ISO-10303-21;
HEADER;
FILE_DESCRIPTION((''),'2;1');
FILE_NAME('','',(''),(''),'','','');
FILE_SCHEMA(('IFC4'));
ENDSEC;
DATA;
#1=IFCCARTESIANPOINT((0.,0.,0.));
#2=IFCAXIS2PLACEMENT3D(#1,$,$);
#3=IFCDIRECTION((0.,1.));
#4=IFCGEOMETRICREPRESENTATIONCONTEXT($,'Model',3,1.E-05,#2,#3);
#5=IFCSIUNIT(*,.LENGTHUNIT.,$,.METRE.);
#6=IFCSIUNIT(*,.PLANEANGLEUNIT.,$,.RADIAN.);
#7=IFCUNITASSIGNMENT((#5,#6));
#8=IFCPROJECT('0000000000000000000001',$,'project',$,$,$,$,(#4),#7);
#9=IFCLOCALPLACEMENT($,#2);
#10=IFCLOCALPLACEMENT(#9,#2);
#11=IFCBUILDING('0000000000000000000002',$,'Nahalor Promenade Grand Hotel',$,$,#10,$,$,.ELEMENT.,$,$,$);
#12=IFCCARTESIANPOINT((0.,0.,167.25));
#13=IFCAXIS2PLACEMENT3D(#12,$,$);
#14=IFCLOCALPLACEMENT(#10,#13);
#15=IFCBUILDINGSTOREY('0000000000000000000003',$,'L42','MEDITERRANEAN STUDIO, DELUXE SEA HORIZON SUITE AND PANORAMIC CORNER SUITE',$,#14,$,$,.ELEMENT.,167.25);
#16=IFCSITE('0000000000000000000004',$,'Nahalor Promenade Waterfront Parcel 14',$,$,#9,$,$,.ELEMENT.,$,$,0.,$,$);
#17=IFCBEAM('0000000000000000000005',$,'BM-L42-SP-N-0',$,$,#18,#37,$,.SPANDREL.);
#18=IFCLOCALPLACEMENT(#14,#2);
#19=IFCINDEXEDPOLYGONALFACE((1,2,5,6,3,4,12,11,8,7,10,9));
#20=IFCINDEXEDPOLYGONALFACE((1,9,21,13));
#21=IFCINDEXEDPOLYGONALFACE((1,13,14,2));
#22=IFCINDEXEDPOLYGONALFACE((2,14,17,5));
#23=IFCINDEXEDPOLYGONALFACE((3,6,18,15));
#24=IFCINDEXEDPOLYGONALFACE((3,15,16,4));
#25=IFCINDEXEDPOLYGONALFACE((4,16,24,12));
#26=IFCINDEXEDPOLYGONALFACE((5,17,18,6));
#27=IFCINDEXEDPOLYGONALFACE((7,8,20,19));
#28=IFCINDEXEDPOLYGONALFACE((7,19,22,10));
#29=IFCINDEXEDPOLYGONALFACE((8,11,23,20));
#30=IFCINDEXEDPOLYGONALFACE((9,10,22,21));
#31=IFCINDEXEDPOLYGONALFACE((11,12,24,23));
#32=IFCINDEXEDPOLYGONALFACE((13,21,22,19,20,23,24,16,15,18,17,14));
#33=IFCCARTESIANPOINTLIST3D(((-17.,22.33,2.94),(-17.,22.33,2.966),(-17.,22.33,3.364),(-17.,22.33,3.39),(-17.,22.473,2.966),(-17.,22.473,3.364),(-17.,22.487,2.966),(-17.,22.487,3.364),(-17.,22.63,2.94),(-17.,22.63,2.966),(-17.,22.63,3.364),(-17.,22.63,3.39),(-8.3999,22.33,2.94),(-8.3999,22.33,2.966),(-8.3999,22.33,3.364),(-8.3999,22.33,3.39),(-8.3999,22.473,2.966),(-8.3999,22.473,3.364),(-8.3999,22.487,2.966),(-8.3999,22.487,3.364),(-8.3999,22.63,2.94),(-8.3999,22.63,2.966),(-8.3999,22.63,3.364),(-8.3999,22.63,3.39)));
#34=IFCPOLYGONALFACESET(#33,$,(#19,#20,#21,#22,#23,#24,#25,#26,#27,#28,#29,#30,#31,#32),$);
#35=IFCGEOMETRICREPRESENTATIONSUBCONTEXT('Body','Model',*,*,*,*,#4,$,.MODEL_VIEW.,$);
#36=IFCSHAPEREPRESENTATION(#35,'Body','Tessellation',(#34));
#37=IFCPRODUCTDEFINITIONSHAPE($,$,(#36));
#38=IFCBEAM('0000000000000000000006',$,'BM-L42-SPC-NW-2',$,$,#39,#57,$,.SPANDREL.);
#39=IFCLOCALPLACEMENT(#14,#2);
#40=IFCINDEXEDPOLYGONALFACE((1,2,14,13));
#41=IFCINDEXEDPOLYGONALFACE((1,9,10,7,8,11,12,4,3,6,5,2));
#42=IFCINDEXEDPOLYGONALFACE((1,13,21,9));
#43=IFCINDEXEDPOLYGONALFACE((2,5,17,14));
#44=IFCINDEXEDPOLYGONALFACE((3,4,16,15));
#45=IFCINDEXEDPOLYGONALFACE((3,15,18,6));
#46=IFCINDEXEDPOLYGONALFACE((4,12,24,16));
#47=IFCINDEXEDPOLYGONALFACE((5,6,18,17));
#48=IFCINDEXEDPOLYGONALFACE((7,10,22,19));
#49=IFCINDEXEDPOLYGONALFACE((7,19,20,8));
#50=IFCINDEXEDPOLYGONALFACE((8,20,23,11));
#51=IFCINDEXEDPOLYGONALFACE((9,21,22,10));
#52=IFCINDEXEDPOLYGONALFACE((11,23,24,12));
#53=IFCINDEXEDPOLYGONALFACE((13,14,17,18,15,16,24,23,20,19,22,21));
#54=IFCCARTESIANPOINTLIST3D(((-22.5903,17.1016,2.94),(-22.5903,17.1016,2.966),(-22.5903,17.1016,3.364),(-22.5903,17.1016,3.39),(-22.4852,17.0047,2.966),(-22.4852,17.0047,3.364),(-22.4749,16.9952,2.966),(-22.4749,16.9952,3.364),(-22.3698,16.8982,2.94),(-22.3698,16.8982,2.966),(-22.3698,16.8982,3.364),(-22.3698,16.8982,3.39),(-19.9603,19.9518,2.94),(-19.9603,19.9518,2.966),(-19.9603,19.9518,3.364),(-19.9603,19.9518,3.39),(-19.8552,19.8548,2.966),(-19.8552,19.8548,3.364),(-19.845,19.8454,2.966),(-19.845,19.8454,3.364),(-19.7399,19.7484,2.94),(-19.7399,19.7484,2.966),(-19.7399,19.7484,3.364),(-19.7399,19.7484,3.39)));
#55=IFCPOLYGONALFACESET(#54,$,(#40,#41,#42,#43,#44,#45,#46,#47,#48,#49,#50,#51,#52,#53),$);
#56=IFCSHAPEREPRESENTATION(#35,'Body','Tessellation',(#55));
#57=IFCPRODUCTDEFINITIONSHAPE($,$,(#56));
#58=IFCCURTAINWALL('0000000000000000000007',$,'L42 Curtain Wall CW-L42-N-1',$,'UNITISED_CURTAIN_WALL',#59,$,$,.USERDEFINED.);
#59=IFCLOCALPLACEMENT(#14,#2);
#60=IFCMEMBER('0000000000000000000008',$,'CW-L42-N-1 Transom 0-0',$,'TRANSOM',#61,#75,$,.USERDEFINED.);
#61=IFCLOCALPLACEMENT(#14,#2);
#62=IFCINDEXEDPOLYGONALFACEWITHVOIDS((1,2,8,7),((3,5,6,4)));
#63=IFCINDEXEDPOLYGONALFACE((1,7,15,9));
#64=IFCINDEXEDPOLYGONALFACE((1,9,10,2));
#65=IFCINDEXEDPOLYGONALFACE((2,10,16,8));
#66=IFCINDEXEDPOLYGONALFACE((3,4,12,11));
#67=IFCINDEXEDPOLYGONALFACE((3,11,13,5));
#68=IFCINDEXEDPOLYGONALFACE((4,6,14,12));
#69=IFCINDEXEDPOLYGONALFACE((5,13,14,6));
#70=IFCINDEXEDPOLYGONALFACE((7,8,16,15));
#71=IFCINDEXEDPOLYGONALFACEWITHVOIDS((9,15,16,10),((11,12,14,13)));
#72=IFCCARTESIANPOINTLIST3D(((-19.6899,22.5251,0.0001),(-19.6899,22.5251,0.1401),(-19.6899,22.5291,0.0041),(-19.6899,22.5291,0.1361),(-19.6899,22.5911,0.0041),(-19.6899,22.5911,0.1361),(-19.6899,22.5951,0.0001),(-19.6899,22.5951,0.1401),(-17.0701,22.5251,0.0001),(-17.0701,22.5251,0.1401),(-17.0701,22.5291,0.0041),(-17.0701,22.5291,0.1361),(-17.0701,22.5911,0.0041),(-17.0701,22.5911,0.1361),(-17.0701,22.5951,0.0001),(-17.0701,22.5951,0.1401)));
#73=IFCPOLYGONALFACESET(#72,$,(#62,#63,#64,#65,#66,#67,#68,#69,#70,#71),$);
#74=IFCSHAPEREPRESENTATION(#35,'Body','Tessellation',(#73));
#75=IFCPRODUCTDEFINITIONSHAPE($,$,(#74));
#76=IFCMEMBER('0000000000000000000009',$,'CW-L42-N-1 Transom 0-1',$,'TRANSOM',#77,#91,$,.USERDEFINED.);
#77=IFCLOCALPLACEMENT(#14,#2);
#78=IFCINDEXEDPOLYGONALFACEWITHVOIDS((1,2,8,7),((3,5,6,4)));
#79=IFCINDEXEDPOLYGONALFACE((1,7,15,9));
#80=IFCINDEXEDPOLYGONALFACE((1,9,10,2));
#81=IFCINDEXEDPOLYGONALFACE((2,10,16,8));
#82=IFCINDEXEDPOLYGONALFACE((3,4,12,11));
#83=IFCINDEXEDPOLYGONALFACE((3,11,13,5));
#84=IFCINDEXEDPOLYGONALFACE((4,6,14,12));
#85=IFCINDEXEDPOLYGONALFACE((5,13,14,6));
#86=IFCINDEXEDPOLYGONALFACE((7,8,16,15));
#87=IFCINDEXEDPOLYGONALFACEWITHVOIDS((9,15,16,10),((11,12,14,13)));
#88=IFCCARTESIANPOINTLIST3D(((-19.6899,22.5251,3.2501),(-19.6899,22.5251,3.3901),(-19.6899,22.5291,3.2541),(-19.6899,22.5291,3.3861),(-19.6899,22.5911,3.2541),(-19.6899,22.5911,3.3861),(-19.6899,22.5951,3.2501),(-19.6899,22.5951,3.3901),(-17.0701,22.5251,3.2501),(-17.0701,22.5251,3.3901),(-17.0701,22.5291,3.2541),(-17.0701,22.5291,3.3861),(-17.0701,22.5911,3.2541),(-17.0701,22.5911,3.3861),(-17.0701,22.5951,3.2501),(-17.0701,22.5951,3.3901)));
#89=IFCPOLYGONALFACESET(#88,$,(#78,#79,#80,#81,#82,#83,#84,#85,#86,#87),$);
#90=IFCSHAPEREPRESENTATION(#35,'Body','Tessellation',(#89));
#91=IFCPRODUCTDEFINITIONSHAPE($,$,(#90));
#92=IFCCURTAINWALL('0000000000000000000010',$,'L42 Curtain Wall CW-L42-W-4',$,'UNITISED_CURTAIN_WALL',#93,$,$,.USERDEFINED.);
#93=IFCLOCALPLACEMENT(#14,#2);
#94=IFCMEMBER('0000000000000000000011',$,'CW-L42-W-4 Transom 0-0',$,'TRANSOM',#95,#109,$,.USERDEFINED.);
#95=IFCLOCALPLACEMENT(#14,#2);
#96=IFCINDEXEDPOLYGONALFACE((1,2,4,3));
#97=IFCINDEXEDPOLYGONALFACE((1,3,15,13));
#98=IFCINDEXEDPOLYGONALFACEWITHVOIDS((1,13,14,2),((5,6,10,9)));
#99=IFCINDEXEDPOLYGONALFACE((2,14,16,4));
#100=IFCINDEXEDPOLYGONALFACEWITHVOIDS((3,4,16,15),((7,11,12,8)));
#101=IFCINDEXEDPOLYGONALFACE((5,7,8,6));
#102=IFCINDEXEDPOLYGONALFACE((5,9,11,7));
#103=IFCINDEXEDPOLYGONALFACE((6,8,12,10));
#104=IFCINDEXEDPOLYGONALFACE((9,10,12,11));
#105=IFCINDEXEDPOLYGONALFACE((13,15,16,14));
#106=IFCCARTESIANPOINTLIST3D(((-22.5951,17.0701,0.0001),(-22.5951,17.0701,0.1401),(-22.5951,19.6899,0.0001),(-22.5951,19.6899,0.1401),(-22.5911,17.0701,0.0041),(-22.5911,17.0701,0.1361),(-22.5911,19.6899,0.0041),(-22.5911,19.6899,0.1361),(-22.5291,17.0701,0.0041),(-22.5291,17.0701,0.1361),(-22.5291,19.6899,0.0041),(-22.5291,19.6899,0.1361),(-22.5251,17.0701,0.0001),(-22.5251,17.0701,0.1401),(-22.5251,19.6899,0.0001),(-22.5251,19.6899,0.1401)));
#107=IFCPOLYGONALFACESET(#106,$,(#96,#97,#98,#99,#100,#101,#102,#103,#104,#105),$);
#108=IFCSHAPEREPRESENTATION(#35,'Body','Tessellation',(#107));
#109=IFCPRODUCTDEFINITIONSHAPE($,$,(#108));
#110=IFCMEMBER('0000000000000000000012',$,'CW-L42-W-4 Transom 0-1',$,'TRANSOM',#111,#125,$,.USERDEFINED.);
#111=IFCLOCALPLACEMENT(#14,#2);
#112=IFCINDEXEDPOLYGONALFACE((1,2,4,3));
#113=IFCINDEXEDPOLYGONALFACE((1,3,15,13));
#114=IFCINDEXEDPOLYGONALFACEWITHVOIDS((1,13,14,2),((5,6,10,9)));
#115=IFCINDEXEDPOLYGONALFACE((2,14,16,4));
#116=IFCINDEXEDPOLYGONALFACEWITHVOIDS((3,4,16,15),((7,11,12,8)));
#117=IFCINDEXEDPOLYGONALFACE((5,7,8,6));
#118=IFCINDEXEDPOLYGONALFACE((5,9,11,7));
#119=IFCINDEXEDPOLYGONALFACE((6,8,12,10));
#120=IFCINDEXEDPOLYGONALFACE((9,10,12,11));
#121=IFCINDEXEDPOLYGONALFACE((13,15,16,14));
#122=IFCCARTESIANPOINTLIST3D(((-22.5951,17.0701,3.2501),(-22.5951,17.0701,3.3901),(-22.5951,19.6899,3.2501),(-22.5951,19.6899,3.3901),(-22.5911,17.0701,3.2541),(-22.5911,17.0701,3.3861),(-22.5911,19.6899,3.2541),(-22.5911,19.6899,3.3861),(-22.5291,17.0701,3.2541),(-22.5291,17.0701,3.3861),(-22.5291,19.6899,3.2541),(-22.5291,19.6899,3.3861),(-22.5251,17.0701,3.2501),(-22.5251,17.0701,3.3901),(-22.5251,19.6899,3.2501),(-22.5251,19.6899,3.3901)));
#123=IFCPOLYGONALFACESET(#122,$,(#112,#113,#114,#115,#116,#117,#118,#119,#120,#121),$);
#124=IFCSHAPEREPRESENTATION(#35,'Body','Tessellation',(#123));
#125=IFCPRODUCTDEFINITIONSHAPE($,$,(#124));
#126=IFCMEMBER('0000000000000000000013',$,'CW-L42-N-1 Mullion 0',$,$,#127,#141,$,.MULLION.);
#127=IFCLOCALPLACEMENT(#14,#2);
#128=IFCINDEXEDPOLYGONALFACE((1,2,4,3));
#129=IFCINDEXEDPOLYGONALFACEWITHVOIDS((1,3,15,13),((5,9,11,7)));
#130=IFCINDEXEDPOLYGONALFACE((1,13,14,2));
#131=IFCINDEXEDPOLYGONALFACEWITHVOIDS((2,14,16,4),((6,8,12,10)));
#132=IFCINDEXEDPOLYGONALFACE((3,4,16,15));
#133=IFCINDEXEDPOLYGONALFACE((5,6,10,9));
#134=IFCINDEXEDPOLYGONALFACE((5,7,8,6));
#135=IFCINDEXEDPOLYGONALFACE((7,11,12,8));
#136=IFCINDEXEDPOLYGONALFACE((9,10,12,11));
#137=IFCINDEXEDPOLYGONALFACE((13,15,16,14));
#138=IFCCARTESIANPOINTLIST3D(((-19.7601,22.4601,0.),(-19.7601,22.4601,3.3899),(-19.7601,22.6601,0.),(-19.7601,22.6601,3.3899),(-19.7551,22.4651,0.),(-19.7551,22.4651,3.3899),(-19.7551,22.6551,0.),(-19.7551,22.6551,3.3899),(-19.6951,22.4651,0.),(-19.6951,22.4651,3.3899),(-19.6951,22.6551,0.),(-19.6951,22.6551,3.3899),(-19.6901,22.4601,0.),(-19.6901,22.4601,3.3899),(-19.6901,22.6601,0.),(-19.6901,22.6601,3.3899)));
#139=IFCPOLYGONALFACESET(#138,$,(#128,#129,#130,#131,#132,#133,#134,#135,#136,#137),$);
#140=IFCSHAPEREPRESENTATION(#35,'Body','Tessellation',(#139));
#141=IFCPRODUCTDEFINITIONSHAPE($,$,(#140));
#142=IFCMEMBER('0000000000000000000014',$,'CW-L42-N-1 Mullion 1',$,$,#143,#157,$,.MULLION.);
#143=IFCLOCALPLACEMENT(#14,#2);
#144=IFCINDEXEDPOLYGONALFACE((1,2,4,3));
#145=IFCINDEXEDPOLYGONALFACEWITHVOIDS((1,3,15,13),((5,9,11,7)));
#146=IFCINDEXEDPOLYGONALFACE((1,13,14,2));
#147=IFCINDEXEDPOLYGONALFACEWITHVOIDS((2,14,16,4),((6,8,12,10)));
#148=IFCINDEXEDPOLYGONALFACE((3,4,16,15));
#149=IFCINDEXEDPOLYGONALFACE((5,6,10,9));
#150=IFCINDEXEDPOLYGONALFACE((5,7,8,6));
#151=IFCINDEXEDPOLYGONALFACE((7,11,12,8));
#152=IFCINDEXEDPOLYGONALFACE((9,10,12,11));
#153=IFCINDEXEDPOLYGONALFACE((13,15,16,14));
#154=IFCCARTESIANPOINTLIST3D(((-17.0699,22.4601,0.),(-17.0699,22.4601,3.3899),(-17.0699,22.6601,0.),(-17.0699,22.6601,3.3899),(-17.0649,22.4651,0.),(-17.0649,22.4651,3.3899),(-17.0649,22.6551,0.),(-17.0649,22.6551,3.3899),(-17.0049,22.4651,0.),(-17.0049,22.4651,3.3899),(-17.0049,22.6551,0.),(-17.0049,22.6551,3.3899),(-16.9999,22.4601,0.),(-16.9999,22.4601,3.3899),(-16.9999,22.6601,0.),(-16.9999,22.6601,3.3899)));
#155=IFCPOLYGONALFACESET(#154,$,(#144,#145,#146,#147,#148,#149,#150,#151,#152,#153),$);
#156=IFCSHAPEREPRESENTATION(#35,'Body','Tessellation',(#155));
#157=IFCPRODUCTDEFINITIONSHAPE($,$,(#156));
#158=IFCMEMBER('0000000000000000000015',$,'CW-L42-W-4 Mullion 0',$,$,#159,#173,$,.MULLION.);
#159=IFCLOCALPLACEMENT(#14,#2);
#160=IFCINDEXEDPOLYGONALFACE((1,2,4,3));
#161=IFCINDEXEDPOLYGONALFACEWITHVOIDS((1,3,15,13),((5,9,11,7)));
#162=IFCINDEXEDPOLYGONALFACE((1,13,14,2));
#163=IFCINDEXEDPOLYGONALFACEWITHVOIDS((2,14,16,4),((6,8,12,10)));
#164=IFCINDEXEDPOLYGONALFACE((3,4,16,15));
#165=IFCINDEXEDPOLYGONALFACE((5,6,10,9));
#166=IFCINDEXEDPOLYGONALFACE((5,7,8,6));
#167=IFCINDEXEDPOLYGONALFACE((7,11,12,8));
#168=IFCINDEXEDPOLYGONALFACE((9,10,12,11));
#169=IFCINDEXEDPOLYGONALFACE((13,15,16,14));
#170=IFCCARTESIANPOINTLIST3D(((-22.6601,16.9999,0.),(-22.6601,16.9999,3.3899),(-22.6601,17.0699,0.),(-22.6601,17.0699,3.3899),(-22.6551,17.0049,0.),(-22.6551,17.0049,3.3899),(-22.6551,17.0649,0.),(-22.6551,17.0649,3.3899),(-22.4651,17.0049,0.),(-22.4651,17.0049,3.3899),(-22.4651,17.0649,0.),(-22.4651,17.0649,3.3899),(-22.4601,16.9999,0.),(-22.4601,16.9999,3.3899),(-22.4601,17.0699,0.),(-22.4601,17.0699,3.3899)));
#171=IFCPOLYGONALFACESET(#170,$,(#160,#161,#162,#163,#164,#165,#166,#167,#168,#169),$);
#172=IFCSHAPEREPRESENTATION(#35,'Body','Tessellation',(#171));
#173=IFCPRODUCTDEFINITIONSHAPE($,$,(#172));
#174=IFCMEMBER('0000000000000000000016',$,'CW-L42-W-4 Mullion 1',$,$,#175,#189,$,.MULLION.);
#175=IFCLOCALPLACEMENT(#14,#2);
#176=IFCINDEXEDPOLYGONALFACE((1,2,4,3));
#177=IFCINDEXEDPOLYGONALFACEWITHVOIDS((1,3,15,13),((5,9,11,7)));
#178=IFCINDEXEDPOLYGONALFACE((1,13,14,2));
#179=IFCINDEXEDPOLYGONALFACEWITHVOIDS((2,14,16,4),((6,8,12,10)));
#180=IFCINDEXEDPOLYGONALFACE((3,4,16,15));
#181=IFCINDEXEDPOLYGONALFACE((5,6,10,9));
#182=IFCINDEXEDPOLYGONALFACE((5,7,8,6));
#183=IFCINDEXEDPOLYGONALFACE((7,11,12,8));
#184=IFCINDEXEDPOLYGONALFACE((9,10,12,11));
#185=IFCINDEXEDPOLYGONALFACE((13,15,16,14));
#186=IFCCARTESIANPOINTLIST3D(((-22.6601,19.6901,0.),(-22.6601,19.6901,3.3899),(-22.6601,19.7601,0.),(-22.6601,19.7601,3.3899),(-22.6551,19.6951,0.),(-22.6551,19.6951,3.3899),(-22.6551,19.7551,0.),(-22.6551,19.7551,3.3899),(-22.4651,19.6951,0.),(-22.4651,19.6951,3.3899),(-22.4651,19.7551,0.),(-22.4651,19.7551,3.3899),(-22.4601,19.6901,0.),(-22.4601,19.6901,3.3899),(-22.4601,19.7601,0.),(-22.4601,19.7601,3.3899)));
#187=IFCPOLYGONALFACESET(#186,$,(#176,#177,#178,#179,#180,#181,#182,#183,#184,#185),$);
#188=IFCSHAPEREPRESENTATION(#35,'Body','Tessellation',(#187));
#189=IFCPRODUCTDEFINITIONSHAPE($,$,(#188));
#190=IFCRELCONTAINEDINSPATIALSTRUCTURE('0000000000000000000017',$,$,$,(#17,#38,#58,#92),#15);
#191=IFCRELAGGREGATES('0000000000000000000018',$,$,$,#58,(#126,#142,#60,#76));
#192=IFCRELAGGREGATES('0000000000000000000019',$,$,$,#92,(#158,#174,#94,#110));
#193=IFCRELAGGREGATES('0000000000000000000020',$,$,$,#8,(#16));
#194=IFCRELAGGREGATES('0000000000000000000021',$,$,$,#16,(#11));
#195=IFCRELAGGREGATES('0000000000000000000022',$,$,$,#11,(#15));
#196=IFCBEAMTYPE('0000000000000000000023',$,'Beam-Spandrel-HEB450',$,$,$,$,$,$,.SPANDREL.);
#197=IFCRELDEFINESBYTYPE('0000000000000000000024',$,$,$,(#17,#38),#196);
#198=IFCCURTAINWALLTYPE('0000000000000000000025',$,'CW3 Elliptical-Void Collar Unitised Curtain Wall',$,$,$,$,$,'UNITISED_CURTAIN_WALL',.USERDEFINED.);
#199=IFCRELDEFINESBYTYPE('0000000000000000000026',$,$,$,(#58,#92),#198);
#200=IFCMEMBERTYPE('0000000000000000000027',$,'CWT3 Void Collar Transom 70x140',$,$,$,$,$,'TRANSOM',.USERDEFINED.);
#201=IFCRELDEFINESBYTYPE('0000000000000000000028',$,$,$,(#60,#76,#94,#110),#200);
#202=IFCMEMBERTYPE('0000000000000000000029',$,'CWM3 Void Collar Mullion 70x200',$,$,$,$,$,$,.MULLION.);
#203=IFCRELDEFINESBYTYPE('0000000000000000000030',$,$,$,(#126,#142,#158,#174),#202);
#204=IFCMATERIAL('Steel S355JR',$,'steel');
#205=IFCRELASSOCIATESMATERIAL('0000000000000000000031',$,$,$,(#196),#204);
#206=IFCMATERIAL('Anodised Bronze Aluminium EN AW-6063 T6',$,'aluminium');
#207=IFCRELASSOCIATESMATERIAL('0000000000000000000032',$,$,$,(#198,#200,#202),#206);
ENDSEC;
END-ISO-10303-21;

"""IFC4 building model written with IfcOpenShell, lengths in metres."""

from ifc_helpers import new_model, si_unit, direction, frame, origin, origin_2d, place, context, subcontext, project, spatial, hollow_rectangle, i_section, extrude, source, transform, mapped, material, material_profile, profile_set, type_object, element, aggregate, save


model = new_model("IFC4")

# Units and contexts
model_context = context("Model", 3, precision=1e-05, world=origin(), true_north=direction((0.0, 1.0)))
body_context = subcontext(model_context, "Body", "Model", "MODEL_VIEW")
ifc_project = project(units=[si_unit("LENGTHUNIT", "METRE"), si_unit("PLANEANGLEUNIT", "RADIAN")], contexts=[model_context])

# Site, building, storey
site_placement = place(None, origin())
site = spatial("IfcSite", under=ifc_project, at=site_placement, Name="Nahalor Promenade Waterfront Parcel 14", CompositionType="ELEMENT", RefElevation=0.0)
building_placement = place(site_placement, origin())
building = spatial("IfcBuilding", under=site, at=building_placement, Name="Nahalor Promenade Grand Hotel", CompositionType="ELEMENT")
storey_placement = place(building_placement, frame((0.0, 0.0, 167.25)))
storey = spatial("IfcBuildingStorey", under=building, at=storey_placement, Name="L42", Description="MEDITERRANEAN STUDIO, DELUXE SEA HORIZON SUITE AND PANORAMIC CORNER SUITE", CompositionType="ELEMENT", Elevation=167.25)

# Beams
ifc_material_1 = material(Name="Steel S355JR", Category="steel")
ifc_material_profile_1 = material_profile(ifc_material_1, i_section(OverallWidth=0.3, OverallDepth=0.45, WebThickness=0.014, FlangeThickness=0.026, at=origin_2d()), Name="HEB 450")
ifc_profile_set_1 = profile_set([ifc_material_profile_1], Name="Steel S355JR")
beam_type_1 = type_object("IfcBeamType", Name="Beam-Spandrel-HEB450", PredefinedType="SPANDREL", material=ifc_profile_set_1)
shared_shape_1 = source(origin(), body_context, "Body", "SweptSolid", [
    extrude(i_section(OverallWidth=0.3, OverallDepth=0.45, WebThickness=0.014, FlangeThickness=0.026, at=origin_2d()), origin(), (0.0, 0.0, 1.0), 8.6001),
])
beam_1_placement = place(storey_placement, frame((-17.0, 22.48, 3.165), z_axis=(1.0, 0.0, 0.0), x_axis=(0.0, 1.0, 0.0)))
element("IfcBeam", 1, at=beam_1_placement, inside=storey, type_object=beam_type_1, Name="BM-L42-SP-N-0", PredefinedType="SPANDREL", context=body_context, shape_type="MappedRepresentation", body=[
    mapped(shared_shape_1, transform((0.0, 0.0, 0.0), scale=1.0)),
])
shared_shape_2 = source(origin(), body_context, "Body", "SweptSolid", [
    extrude(i_section(OverallWidth=0.3, OverallDepth=0.45, WebThickness=0.014, FlangeThickness=0.026, at=origin_2d()), origin(), (0.0, 0.0, 1.0), 3.8782),
])
beam_2_placement = place(storey_placement, frame((-19.8501, 19.8501, 3.165), z_axis=(-0.678144, -0.734929, 0.0), x_axis=(0.734929, -0.678144, 0.0)))
element("IfcBeam", 2, at=beam_2_placement, inside=storey, type_object=beam_type_1, Name="BM-L42-SPC-NW-2", PredefinedType="SPANDREL", context=body_context, shape_type="MappedRepresentation", body=[
    mapped(shared_shape_2, transform((0.0, 0.0, 0.0), scale=1.0)),
])

# Curtain walls, members
ifc_material_2 = material(Name="Anodised Bronze Aluminium EN AW-6063 T6", Category="aluminium")
curtain_wall_type = type_object("IfcCurtainWallType", Name="CW3 Elliptical-Void Collar Unitised Curtain Wall", ElementType="UNITISED_CURTAIN_WALL", PredefinedType="USERDEFINED", material=ifc_material_2)
curtain_wall_1_placement = place(storey_placement, origin())
curtain_wall_1 = element("IfcCurtainWall", 3, at=curtain_wall_1_placement, inside=storey, type_object=curtain_wall_type, Name="L42 Curtain Wall CW-L42-N-1", ObjectType="UNITISED_CURTAIN_WALL", PredefinedType="USERDEFINED")
ifc_material_profile_2 = material_profile(ifc_material_2, hollow_rectangle(XDim=0.07, YDim=0.14, WallThickness=0.004, at=origin_2d()), Name="CWT 70x140x4")
ifc_profile_set_2 = profile_set([ifc_material_profile_2], Name="Anodised Bronze Aluminium EN AW-6063 T6")
member_type_1 = type_object("IfcMemberType", Name="CWT3 Void Collar Transom 70x140", ElementType="TRANSOM", PredefinedType="USERDEFINED", material=ifc_profile_set_2)
shared_shape_3 = source(origin(), body_context, "Body", "SweptSolid", [
    extrude(hollow_rectangle(XDim=0.07, YDim=0.14, WallThickness=0.004, at=origin_2d()), origin(), (0.0, 0.0, 1.0), 2.6199),
])
member_1_placement = place(storey_placement, frame((-19.6899, 22.5601, 0.0701), z_axis=(1.0, 0.0, 0.0), x_axis=(0.0, 1.0, 0.0)))
member_1 = element("IfcMember", 4, at=member_1_placement, type_object=member_type_1, Name="CW-L42-N-1 Transom 0-0", ObjectType="TRANSOM", PredefinedType="USERDEFINED", context=body_context, shape_type="MappedRepresentation", body=[
    mapped(shared_shape_3, transform((0.0, 0.0, 0.0), scale=1.0)),
])
member_2_placement = place(storey_placement, frame((-19.6899, 22.5601, 3.3201), z_axis=(1.0, 0.0, 0.0), x_axis=(0.0, 1.0, 0.0)))
member_2 = element("IfcMember", 5, at=member_2_placement, type_object=member_type_1, Name="CW-L42-N-1 Transom 0-1", ObjectType="TRANSOM", PredefinedType="USERDEFINED", context=body_context, shape_type="MappedRepresentation", body=[
    mapped(shared_shape_3, transform((0.0, 0.0, 0.0), scale=1.0)),
])
curtain_wall_2_placement = place(storey_placement, origin())
curtain_wall_2 = element("IfcCurtainWall", 6, at=curtain_wall_2_placement, inside=storey, type_object=curtain_wall_type, Name="L42 Curtain Wall CW-L42-W-4", ObjectType="UNITISED_CURTAIN_WALL", PredefinedType="USERDEFINED")
member_3_placement = place(storey_placement, frame((-22.5601, 17.0701, 0.0701), z_axis=(0.0, 1.0, 0.0), x_axis=(-1.0, 0.0, 0.0)))
member_3 = element("IfcMember", 7, at=member_3_placement, type_object=member_type_1, Name="CW-L42-W-4 Transom 0-0", ObjectType="TRANSOM", PredefinedType="USERDEFINED", context=body_context, shape_type="MappedRepresentation", body=[
    mapped(shared_shape_3, transform((0.0, 0.0, 0.0), scale=1.0)),
])
member_4_placement = place(storey_placement, frame((-22.5601, 17.0701, 3.3201), z_axis=(0.0, 1.0, 0.0), x_axis=(-1.0, 0.0, 0.0)))
member_4 = element("IfcMember", 8, at=member_4_placement, type_object=member_type_1, Name="CW-L42-W-4 Transom 0-1", ObjectType="TRANSOM", PredefinedType="USERDEFINED", context=body_context, shape_type="MappedRepresentation", body=[
    mapped(shared_shape_3, transform((0.0, 0.0, 0.0), scale=1.0)),
])

# Members
ifc_material_profile_3 = material_profile(ifc_material_2, hollow_rectangle(XDim=0.07, YDim=0.2, WallThickness=0.005, at=origin_2d()), Name="CWM 70x200x5")
ifc_profile_set_3 = profile_set([ifc_material_profile_3], Name="Anodised Bronze Aluminium EN AW-6063 T6")
member_type_2 = type_object("IfcMemberType", Name="CWM3 Void Collar Mullion 70x200", PredefinedType="MULLION", material=ifc_profile_set_3)
shared_shape_4 = source(origin(), body_context, "Body", "SweptSolid", [
    extrude(hollow_rectangle(XDim=0.07, YDim=0.2, WallThickness=0.005, at=origin_2d()), origin(), (0.0, 0.0, 1.0), 3.3899),
])
member_5_placement = place(storey_placement, frame((-19.7251, 22.5601, 0.0), z_axis=(0.0, 0.0, 1.0), x_axis=(1.0, 0.0, 0.0)))
member_5 = element("IfcMember", 9, at=member_5_placement, type_object=member_type_2, Name="CW-L42-N-1 Mullion 0", PredefinedType="MULLION", context=body_context, shape_type="MappedRepresentation", body=[
    mapped(shared_shape_4, transform((0.0, 0.0, 0.0), scale=1.0)),
])
member_6_placement = place(storey_placement, frame((-17.0349, 22.5601, 0.0), z_axis=(0.0, 0.0, 1.0), x_axis=(1.0, 0.0, 0.0)))
member_6 = element("IfcMember", 10, at=member_6_placement, type_object=member_type_2, Name="CW-L42-N-1 Mullion 1", PredefinedType="MULLION", context=body_context, shape_type="MappedRepresentation", body=[
    mapped(shared_shape_4, transform((0.0, 0.0, 0.0), scale=1.0)),
])
member_7_placement = place(storey_placement, frame((-22.5601, 17.0349, 0.0), z_axis=(0.0, 0.0, 1.0), x_axis=(0.0, 1.0, 0.0)))
member_7 = element("IfcMember", 11, at=member_7_placement, type_object=member_type_2, Name="CW-L42-W-4 Mullion 0", PredefinedType="MULLION", context=body_context, shape_type="MappedRepresentation", body=[
    mapped(shared_shape_4, transform((0.0, 0.0, 0.0), scale=1.0)),
])
member_8_placement = place(storey_placement, frame((-22.5601, 19.7251, 0.0), z_axis=(0.0, 0.0, 1.0), x_axis=(0.0, 1.0, 0.0)))
member_8 = element("IfcMember", 12, at=member_8_placement, type_object=member_type_2, Name="CW-L42-W-4 Mullion 1", PredefinedType="MULLION", context=body_context, shape_type="MappedRepresentation", body=[
    mapped(shared_shape_4, transform((0.0, 0.0, 0.0), scale=1.0)),
])

aggregate(curtain_wall_1, [member_5, member_6, member_1, member_2])
aggregate(curtain_wall_2, [member_7, member_8, member_3, member_4])

save(model, "model.ifc")
